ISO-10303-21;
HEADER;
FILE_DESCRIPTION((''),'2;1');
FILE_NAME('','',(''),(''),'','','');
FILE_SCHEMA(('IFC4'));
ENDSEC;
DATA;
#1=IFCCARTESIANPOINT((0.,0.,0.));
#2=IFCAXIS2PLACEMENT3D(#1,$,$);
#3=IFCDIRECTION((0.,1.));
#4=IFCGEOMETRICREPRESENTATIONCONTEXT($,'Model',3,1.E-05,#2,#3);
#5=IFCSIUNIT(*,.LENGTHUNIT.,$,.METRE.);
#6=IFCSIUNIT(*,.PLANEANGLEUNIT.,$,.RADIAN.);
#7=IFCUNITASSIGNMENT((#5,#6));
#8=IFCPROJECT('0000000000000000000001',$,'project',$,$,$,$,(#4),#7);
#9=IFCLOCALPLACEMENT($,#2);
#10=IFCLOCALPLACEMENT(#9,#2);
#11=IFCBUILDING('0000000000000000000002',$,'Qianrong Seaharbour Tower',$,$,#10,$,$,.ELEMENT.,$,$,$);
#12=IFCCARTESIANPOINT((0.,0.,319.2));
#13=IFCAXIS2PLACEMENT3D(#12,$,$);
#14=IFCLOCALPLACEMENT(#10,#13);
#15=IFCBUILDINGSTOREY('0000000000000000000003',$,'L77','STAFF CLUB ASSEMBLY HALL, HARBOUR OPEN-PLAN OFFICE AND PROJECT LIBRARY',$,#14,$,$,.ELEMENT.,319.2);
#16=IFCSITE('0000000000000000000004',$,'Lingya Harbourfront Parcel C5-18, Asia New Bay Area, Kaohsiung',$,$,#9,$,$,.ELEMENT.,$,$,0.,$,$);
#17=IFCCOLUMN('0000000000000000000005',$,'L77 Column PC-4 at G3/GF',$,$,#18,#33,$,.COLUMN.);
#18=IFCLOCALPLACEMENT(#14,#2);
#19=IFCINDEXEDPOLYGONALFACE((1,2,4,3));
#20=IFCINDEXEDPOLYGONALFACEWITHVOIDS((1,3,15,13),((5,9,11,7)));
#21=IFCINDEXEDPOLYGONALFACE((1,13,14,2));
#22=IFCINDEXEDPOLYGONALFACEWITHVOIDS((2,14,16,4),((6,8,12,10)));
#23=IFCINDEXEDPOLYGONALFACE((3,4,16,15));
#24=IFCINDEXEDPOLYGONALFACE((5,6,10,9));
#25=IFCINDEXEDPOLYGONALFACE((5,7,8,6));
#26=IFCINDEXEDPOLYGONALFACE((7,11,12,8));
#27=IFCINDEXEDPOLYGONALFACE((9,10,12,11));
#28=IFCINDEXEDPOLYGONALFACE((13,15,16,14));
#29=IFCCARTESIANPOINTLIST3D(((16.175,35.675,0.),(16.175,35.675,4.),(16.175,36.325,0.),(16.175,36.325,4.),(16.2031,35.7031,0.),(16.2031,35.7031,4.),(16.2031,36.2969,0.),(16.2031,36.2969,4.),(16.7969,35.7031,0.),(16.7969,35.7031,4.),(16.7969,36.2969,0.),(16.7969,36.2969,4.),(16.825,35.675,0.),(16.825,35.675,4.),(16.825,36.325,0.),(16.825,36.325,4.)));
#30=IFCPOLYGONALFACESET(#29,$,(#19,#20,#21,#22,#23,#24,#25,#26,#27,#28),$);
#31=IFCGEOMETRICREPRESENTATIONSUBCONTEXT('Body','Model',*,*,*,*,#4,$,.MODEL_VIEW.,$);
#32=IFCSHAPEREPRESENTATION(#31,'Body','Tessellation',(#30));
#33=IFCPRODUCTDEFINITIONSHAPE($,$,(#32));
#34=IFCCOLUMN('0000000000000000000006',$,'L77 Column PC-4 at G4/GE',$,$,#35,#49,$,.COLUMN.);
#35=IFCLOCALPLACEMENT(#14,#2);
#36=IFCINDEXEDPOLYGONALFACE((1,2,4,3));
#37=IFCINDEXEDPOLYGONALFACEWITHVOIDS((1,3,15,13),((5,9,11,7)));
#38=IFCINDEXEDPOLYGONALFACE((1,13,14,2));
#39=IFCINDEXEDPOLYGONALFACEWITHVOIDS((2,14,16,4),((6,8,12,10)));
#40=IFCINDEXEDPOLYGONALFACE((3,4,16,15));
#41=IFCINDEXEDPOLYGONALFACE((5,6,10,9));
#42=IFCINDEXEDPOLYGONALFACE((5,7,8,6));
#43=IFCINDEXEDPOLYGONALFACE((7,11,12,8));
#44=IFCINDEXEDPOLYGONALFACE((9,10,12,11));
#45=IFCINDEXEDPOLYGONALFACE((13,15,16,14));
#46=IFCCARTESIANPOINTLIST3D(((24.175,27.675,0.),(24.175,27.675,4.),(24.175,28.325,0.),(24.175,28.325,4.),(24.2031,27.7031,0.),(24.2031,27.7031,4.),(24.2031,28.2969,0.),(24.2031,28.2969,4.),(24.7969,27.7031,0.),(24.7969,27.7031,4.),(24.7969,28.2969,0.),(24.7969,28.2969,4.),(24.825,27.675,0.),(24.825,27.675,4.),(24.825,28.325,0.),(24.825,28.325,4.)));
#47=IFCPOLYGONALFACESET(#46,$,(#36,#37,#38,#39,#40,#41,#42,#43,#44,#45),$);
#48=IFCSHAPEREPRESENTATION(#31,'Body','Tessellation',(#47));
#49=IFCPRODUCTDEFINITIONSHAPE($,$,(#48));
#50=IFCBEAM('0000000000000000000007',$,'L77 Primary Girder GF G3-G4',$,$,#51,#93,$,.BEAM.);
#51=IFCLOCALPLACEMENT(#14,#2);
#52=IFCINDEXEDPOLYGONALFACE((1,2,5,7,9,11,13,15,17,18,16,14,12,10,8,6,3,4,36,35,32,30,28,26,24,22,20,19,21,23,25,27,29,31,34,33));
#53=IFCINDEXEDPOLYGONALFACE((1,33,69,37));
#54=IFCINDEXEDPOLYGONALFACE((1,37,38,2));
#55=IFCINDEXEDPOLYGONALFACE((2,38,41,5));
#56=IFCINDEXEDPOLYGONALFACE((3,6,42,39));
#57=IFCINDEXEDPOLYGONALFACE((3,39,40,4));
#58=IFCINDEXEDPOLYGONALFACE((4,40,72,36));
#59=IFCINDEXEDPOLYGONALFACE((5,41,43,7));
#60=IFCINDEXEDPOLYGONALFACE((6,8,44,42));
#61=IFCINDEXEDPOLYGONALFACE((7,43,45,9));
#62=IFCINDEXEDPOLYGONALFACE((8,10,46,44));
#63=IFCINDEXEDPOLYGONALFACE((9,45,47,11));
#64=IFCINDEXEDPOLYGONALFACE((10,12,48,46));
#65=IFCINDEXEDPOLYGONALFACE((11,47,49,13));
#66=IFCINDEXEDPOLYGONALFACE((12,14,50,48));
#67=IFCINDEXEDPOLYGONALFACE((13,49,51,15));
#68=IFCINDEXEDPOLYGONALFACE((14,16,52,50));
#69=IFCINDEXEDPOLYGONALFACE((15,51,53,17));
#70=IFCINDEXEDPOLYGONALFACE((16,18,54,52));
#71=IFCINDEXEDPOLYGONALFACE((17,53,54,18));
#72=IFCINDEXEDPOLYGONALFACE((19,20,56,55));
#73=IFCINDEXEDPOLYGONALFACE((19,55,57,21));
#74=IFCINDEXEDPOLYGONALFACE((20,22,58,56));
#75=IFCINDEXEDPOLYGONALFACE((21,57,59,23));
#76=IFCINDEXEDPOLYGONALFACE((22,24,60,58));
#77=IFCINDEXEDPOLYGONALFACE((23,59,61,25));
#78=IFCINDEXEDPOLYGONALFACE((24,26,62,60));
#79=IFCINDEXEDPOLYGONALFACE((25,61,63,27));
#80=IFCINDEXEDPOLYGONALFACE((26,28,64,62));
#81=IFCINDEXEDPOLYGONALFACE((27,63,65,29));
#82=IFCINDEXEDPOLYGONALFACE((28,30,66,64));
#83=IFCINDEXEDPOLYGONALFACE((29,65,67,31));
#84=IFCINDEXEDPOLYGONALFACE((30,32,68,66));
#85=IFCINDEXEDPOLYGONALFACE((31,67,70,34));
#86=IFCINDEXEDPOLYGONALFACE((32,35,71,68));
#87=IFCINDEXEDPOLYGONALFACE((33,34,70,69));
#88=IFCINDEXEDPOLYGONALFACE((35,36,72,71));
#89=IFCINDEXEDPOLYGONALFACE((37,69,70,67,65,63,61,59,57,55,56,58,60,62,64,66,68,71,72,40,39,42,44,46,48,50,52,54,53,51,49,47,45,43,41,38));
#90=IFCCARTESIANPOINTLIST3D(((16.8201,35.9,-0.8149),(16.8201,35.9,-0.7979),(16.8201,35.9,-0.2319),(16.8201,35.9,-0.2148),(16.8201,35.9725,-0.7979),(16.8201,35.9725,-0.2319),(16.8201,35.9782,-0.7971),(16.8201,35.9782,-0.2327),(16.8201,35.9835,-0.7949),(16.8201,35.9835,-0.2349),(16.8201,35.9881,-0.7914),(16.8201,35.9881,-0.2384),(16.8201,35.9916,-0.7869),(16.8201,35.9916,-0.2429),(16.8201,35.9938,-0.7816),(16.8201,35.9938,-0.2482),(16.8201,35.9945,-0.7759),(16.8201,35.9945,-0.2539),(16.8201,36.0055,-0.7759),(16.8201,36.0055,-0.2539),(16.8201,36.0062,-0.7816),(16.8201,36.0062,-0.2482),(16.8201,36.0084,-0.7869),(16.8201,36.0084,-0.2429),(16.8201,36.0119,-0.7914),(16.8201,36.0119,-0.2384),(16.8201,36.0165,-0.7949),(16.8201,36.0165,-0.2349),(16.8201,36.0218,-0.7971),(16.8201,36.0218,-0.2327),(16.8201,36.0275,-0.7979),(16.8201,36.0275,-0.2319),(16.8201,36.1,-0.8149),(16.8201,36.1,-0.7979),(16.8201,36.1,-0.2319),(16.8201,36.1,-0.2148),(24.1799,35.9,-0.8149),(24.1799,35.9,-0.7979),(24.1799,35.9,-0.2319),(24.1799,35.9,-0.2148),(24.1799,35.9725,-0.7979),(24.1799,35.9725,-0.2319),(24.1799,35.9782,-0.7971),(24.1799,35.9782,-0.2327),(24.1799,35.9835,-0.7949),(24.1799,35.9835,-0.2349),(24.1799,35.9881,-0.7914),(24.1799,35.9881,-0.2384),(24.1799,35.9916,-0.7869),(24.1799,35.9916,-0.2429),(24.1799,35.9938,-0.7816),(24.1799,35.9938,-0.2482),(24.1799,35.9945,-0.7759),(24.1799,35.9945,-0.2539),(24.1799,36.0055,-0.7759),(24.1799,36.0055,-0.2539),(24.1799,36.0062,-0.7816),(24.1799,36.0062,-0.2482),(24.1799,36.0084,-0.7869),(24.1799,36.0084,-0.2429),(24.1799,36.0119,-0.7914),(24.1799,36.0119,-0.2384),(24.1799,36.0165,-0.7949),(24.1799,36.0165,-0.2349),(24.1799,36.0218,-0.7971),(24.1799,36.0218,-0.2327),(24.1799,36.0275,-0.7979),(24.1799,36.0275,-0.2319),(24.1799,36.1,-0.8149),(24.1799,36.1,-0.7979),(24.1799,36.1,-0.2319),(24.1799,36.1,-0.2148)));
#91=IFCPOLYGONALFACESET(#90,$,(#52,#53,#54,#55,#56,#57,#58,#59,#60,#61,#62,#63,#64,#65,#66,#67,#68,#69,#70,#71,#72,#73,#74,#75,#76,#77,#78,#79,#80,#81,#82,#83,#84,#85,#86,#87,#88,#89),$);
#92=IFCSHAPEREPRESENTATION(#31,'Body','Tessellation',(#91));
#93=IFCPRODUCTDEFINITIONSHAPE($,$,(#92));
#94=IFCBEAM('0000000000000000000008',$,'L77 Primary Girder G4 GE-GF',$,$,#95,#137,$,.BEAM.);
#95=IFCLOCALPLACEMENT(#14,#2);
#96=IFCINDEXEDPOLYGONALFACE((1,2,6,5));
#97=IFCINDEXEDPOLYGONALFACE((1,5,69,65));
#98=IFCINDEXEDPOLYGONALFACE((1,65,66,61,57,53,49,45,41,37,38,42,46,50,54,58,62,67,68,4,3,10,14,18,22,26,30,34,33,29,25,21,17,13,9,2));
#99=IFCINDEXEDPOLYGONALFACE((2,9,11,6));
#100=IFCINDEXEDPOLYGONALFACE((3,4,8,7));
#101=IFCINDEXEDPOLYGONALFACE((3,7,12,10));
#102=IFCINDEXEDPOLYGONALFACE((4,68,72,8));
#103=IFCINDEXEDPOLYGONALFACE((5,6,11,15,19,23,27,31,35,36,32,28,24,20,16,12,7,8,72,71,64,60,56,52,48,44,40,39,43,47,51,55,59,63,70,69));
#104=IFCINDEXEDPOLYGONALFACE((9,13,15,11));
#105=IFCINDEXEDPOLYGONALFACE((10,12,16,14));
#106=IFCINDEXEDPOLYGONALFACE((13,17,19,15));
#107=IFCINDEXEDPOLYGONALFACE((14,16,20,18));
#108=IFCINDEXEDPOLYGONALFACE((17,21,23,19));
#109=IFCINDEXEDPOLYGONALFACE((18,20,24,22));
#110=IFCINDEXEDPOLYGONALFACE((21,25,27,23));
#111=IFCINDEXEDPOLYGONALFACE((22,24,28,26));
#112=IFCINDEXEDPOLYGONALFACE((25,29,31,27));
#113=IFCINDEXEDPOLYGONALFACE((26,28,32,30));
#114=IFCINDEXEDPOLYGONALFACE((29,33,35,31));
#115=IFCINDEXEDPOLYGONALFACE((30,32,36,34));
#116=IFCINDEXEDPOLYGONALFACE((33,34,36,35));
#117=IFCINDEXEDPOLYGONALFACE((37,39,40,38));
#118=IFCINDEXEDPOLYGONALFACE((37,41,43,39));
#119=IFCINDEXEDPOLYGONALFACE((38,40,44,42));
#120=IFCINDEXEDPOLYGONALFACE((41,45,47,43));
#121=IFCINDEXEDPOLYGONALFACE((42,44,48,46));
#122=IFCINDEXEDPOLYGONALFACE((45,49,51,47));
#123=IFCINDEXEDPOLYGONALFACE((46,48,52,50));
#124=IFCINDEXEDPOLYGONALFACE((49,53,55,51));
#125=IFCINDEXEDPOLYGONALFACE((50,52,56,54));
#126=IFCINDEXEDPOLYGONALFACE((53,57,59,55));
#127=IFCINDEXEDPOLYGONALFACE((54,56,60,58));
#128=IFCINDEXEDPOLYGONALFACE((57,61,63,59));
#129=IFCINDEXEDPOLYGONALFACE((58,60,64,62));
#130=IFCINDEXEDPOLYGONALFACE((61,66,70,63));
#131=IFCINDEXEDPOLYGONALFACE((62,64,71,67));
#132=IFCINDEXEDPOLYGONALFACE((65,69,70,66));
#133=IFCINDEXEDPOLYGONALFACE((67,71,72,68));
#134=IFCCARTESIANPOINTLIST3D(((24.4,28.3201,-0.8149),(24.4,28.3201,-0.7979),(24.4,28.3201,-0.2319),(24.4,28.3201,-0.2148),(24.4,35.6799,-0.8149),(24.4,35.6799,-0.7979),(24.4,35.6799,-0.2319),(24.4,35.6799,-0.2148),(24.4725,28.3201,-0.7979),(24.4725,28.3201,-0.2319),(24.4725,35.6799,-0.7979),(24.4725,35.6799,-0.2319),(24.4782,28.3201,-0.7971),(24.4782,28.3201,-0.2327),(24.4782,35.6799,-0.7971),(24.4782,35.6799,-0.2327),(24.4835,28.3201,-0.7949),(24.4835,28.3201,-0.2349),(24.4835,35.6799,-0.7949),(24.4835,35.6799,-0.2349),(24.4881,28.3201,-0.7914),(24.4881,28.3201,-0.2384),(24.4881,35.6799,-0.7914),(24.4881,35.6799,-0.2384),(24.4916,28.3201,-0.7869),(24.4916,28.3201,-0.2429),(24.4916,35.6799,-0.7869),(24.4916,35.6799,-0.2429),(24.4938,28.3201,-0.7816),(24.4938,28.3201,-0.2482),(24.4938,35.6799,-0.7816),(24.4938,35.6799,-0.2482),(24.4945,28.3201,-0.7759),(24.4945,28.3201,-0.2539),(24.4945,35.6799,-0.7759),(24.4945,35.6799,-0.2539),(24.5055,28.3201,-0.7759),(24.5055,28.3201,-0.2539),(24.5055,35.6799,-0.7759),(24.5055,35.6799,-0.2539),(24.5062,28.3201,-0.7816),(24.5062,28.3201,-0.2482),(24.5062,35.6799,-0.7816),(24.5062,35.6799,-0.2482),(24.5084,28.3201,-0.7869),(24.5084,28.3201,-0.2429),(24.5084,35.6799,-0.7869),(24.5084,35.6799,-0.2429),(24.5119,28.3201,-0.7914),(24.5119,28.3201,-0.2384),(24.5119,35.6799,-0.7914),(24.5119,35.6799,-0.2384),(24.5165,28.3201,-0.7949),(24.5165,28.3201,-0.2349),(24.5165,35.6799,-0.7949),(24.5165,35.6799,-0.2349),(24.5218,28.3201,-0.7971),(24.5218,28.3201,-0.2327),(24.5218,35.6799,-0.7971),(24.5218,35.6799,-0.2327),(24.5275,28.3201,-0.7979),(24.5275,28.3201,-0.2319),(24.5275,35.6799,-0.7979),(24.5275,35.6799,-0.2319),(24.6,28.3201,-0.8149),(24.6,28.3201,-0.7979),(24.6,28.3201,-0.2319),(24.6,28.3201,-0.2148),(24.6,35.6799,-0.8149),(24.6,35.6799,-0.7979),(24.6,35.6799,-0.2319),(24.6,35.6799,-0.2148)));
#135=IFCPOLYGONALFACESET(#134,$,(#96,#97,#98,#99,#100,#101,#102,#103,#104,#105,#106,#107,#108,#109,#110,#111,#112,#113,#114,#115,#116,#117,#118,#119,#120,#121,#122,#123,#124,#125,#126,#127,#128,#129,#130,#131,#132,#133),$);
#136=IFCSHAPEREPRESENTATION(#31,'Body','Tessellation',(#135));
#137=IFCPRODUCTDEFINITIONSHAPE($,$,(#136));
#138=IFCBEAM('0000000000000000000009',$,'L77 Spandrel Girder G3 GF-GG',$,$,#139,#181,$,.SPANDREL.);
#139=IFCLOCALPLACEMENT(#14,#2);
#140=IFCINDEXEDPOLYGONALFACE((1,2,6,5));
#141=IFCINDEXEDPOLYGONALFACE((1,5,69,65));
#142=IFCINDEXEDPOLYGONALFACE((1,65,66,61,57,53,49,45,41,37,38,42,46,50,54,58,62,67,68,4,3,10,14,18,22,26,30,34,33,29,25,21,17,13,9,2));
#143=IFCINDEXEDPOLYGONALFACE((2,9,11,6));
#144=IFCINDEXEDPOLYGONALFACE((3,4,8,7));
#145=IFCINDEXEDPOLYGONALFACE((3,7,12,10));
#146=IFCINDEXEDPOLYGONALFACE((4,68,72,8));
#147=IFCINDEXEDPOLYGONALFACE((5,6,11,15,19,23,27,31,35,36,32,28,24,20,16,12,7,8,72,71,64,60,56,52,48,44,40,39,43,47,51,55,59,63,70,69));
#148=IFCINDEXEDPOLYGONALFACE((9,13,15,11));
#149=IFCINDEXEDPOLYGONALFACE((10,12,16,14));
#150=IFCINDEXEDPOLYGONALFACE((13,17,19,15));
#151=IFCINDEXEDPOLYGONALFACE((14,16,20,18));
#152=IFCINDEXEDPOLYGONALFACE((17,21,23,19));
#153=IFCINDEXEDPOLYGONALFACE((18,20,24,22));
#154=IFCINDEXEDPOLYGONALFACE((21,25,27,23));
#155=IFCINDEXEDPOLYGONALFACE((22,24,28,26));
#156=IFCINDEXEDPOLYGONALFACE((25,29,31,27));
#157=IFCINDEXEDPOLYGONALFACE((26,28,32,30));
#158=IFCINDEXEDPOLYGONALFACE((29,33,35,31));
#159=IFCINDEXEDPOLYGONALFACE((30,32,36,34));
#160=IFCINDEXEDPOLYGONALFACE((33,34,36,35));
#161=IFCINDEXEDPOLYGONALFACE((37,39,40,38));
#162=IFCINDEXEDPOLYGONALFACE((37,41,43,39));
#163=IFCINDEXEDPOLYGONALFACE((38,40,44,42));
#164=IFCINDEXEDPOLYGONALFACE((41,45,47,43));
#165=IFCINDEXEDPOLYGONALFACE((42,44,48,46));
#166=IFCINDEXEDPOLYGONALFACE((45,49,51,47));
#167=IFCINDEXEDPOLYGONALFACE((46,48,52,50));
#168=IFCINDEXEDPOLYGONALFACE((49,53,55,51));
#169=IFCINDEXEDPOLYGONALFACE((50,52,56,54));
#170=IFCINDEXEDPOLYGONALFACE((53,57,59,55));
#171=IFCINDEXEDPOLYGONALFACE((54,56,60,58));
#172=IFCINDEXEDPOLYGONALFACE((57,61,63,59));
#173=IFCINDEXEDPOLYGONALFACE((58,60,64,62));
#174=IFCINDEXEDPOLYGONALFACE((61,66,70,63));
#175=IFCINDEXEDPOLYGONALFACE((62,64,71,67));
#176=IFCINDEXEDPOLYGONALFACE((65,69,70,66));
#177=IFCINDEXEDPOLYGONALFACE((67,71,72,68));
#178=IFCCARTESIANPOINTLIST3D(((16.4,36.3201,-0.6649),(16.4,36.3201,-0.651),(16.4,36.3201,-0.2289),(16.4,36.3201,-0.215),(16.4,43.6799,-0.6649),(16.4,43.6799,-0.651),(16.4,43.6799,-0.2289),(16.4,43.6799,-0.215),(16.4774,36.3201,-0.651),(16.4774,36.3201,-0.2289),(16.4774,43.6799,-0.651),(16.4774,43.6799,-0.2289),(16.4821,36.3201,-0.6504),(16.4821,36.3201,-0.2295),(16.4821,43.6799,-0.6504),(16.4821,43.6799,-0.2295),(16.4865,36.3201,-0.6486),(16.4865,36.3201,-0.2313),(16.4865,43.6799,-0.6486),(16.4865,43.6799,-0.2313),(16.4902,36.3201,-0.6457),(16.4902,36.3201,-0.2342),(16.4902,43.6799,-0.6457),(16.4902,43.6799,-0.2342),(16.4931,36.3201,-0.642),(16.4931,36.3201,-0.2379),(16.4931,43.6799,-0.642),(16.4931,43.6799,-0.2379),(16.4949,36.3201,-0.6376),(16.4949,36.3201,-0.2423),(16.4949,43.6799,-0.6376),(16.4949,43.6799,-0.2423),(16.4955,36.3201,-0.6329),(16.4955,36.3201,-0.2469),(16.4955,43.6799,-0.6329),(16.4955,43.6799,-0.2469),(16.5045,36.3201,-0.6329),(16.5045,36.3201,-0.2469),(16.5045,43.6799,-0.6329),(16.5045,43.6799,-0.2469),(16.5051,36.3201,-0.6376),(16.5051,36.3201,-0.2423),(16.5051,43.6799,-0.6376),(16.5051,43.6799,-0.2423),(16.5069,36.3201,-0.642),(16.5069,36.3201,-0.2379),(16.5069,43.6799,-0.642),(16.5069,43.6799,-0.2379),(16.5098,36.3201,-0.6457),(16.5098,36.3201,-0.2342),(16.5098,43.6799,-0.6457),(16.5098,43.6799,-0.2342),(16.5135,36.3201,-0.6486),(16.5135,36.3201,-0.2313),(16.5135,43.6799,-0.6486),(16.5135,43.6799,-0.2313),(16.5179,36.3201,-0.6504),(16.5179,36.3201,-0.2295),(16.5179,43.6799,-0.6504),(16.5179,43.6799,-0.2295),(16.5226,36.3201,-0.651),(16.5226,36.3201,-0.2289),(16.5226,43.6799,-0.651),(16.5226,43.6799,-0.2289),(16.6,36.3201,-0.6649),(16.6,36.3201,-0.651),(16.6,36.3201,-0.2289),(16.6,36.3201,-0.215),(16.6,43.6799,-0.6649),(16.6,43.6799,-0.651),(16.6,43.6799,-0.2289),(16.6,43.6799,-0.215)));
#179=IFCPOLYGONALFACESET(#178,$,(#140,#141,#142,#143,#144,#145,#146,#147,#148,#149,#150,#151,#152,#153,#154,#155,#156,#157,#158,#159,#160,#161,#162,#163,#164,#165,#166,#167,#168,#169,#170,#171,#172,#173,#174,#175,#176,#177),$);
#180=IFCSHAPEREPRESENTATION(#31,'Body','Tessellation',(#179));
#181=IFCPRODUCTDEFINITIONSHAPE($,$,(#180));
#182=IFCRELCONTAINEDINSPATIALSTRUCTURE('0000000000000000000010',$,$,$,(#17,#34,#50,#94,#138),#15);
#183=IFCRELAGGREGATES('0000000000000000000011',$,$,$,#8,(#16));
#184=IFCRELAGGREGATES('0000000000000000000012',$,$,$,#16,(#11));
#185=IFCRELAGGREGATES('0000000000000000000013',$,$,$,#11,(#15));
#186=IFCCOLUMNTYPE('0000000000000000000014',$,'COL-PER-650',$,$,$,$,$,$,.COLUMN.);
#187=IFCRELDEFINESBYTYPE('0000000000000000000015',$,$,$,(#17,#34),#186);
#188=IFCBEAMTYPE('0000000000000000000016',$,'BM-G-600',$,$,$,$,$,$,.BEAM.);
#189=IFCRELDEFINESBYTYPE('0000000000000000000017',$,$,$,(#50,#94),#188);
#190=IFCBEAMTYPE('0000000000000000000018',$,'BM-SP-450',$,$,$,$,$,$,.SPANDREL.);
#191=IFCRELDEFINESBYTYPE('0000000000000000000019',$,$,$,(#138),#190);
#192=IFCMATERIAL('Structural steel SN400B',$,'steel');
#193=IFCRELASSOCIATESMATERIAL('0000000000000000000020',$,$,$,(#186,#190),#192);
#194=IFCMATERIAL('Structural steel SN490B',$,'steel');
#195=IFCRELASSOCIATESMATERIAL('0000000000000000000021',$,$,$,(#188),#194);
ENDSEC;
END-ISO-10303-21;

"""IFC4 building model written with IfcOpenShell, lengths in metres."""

from ifc_helpers import new_model, si_unit, direction, frame, origin, origin_2d, place, context, subcontext, project, spatial, hollow_rectangle, i_section, extrude, material, material_profile, profile_set, type_object, element, save


model = new_model("IFC4")

# Units and contexts
model_context = context("Model", 3, precision=1e-05, world=origin(), true_north=direction((0.0, 1.0)))
body_context = subcontext(model_context, "Body", "Model", "MODEL_VIEW")
ifc_project = project(units=[si_unit("LENGTHUNIT", "METRE"), si_unit("PLANEANGLEUNIT", "RADIAN")], contexts=[model_context])

# Site, building, storey
site_placement = place(None, origin())
site = spatial("IfcSite", under=ifc_project, at=site_placement, Name="Lingya Harbourfront Parcel C5-18, Asia New Bay Area, Kaohsiung", CompositionType="ELEMENT", RefElevation=0.0)
building_placement = place(site_placement, origin())
building = spatial("IfcBuilding", under=site, at=building_placement, Name="Qianrong Seaharbour Tower", CompositionType="ELEMENT")
storey_placement = place(building_placement, frame((0.0, 0.0, 319.2)))
storey = spatial("IfcBuildingStorey", under=building, at=storey_placement, Name="L77", Description="STAFF CLUB ASSEMBLY HALL, HARBOUR OPEN-PLAN OFFICE AND PROJECT LIBRARY", CompositionType="ELEMENT", Elevation=319.2)

# Columns
ifc_material_1 = material(Name="Structural steel SN400B", Category="steel")
ifc_material_profile_1 = material_profile(ifc_material_1, hollow_rectangle(XDim=0.6499, YDim=0.6499, WallThickness=0.0281, at=origin_2d()), Name="BOX650x650x28")
ifc_profile_set_1 = profile_set([ifc_material_profile_1], Name="Structural steel SN400B")
column_type = type_object("IfcColumnType", Name="COL-PER-650", PredefinedType="COLUMN", material=ifc_profile_set_1)
for number, where, z_axis, x_axis, name in (
    (1, (16.5, 36.0, 0.0), (0.0, 0.0, 1.0), (1.0, 0.0, 0.0), "L77 Column PC-4 at G3/GF"),
    (2, (24.5, 28.0, 0.0), (0.0, 0.0, 1.0), (1.0, 0.0, 0.0), "L77 Column PC-4 at G4/GE"),
):
    element("IfcColumn", number, at=place(storey_placement, frame(where, z_axis=z_axis, x_axis=x_axis)), inside=storey, type_object=column_type, Name=name, PredefinedType="COLUMN", context=body_context, shape_type="SweptSolid", body=[
        extrude(hollow_rectangle(XDim=0.6499, YDim=0.6499, WallThickness=0.0281, at=origin_2d()), origin(), (0.0, 0.0, 1.0), 4.0),
    ])

# Beams
ifc_material_2 = material(Name="Structural steel SN490B", Category="steel")
ifc_material_profile_2 = material_profile(ifc_material_2, i_section(OverallWidth=0.2, OverallDepth=0.6001, WebThickness=0.011, FlangeThickness=0.0171, FilletRadius=0.022, at=origin_2d()), Name="H600x200x11x17")
ifc_profile_set_2 = profile_set([ifc_material_profile_2], Name="Structural steel SN490B")
beam_type_1 = type_object("IfcBeamType", Name="BM-G-600", PredefinedType="BEAM", material=ifc_profile_set_2)
for number, where, z_axis, x_axis, name in (
    (3, (16.8201, 36.0, -0.5149), (1.0, 0.0, 0.0), (0.0, 1.0, 0.0), "L77 Primary Girder GF G3-G4"),
    (4, (24.5, 28.3201, -0.5149), (0.0, 1.0, 0.0), (-1.0, 0.0, 0.0), "L77 Primary Girder G4 GE-GF"),
):
    element("IfcBeam", number, at=place(storey_placement, frame(where, z_axis=z_axis, x_axis=x_axis)), inside=storey, type_object=beam_type_1, Name=name, PredefinedType="BEAM", context=body_context, shape_type="SweptSolid", body=[
        extrude(i_section(OverallWidth=0.2, OverallDepth=0.6001, WebThickness=0.011, FlangeThickness=0.0171, FilletRadius=0.022, at=origin_2d()), origin(), (0.0, 0.0, 1.0), 7.3599),
    ])
ifc_material_profile_3 = material_profile(ifc_material_1, i_section(OverallWidth=0.2, OverallDepth=0.45, WebThickness=0.009, FlangeThickness=0.0139, FilletRadius=0.0181, at=origin_2d()), Name="H450x200x9x14")
ifc_profile_set_3 = profile_set([ifc_material_profile_3], Name="Structural steel SN400B")
beam_type_2 = type_object("IfcBeamType", Name="BM-SP-450", PredefinedType="SPANDREL", material=ifc_profile_set_3)
beam_1_placement = place(storey_placement, frame((16.5, 36.3201, -0.4399), z_axis=(0.0, 1.0, 0.0), x_axis=(-1.0, 0.0, 0.0)))
element("IfcBeam", 5, at=beam_1_placement, inside=storey, type_object=beam_type_2, Name="L77 Spandrel Girder G3 GF-GG", PredefinedType="SPANDREL", context=body_context, shape_type="SweptSolid", body=[
    extrude(i_section(OverallWidth=0.2, OverallDepth=0.45, WebThickness=0.009, FlangeThickness=0.0139, FilletRadius=0.0181, at=origin_2d()), origin(), (0.0, 0.0, 1.0), 7.3599),
])

save(model, "model.ifc")
